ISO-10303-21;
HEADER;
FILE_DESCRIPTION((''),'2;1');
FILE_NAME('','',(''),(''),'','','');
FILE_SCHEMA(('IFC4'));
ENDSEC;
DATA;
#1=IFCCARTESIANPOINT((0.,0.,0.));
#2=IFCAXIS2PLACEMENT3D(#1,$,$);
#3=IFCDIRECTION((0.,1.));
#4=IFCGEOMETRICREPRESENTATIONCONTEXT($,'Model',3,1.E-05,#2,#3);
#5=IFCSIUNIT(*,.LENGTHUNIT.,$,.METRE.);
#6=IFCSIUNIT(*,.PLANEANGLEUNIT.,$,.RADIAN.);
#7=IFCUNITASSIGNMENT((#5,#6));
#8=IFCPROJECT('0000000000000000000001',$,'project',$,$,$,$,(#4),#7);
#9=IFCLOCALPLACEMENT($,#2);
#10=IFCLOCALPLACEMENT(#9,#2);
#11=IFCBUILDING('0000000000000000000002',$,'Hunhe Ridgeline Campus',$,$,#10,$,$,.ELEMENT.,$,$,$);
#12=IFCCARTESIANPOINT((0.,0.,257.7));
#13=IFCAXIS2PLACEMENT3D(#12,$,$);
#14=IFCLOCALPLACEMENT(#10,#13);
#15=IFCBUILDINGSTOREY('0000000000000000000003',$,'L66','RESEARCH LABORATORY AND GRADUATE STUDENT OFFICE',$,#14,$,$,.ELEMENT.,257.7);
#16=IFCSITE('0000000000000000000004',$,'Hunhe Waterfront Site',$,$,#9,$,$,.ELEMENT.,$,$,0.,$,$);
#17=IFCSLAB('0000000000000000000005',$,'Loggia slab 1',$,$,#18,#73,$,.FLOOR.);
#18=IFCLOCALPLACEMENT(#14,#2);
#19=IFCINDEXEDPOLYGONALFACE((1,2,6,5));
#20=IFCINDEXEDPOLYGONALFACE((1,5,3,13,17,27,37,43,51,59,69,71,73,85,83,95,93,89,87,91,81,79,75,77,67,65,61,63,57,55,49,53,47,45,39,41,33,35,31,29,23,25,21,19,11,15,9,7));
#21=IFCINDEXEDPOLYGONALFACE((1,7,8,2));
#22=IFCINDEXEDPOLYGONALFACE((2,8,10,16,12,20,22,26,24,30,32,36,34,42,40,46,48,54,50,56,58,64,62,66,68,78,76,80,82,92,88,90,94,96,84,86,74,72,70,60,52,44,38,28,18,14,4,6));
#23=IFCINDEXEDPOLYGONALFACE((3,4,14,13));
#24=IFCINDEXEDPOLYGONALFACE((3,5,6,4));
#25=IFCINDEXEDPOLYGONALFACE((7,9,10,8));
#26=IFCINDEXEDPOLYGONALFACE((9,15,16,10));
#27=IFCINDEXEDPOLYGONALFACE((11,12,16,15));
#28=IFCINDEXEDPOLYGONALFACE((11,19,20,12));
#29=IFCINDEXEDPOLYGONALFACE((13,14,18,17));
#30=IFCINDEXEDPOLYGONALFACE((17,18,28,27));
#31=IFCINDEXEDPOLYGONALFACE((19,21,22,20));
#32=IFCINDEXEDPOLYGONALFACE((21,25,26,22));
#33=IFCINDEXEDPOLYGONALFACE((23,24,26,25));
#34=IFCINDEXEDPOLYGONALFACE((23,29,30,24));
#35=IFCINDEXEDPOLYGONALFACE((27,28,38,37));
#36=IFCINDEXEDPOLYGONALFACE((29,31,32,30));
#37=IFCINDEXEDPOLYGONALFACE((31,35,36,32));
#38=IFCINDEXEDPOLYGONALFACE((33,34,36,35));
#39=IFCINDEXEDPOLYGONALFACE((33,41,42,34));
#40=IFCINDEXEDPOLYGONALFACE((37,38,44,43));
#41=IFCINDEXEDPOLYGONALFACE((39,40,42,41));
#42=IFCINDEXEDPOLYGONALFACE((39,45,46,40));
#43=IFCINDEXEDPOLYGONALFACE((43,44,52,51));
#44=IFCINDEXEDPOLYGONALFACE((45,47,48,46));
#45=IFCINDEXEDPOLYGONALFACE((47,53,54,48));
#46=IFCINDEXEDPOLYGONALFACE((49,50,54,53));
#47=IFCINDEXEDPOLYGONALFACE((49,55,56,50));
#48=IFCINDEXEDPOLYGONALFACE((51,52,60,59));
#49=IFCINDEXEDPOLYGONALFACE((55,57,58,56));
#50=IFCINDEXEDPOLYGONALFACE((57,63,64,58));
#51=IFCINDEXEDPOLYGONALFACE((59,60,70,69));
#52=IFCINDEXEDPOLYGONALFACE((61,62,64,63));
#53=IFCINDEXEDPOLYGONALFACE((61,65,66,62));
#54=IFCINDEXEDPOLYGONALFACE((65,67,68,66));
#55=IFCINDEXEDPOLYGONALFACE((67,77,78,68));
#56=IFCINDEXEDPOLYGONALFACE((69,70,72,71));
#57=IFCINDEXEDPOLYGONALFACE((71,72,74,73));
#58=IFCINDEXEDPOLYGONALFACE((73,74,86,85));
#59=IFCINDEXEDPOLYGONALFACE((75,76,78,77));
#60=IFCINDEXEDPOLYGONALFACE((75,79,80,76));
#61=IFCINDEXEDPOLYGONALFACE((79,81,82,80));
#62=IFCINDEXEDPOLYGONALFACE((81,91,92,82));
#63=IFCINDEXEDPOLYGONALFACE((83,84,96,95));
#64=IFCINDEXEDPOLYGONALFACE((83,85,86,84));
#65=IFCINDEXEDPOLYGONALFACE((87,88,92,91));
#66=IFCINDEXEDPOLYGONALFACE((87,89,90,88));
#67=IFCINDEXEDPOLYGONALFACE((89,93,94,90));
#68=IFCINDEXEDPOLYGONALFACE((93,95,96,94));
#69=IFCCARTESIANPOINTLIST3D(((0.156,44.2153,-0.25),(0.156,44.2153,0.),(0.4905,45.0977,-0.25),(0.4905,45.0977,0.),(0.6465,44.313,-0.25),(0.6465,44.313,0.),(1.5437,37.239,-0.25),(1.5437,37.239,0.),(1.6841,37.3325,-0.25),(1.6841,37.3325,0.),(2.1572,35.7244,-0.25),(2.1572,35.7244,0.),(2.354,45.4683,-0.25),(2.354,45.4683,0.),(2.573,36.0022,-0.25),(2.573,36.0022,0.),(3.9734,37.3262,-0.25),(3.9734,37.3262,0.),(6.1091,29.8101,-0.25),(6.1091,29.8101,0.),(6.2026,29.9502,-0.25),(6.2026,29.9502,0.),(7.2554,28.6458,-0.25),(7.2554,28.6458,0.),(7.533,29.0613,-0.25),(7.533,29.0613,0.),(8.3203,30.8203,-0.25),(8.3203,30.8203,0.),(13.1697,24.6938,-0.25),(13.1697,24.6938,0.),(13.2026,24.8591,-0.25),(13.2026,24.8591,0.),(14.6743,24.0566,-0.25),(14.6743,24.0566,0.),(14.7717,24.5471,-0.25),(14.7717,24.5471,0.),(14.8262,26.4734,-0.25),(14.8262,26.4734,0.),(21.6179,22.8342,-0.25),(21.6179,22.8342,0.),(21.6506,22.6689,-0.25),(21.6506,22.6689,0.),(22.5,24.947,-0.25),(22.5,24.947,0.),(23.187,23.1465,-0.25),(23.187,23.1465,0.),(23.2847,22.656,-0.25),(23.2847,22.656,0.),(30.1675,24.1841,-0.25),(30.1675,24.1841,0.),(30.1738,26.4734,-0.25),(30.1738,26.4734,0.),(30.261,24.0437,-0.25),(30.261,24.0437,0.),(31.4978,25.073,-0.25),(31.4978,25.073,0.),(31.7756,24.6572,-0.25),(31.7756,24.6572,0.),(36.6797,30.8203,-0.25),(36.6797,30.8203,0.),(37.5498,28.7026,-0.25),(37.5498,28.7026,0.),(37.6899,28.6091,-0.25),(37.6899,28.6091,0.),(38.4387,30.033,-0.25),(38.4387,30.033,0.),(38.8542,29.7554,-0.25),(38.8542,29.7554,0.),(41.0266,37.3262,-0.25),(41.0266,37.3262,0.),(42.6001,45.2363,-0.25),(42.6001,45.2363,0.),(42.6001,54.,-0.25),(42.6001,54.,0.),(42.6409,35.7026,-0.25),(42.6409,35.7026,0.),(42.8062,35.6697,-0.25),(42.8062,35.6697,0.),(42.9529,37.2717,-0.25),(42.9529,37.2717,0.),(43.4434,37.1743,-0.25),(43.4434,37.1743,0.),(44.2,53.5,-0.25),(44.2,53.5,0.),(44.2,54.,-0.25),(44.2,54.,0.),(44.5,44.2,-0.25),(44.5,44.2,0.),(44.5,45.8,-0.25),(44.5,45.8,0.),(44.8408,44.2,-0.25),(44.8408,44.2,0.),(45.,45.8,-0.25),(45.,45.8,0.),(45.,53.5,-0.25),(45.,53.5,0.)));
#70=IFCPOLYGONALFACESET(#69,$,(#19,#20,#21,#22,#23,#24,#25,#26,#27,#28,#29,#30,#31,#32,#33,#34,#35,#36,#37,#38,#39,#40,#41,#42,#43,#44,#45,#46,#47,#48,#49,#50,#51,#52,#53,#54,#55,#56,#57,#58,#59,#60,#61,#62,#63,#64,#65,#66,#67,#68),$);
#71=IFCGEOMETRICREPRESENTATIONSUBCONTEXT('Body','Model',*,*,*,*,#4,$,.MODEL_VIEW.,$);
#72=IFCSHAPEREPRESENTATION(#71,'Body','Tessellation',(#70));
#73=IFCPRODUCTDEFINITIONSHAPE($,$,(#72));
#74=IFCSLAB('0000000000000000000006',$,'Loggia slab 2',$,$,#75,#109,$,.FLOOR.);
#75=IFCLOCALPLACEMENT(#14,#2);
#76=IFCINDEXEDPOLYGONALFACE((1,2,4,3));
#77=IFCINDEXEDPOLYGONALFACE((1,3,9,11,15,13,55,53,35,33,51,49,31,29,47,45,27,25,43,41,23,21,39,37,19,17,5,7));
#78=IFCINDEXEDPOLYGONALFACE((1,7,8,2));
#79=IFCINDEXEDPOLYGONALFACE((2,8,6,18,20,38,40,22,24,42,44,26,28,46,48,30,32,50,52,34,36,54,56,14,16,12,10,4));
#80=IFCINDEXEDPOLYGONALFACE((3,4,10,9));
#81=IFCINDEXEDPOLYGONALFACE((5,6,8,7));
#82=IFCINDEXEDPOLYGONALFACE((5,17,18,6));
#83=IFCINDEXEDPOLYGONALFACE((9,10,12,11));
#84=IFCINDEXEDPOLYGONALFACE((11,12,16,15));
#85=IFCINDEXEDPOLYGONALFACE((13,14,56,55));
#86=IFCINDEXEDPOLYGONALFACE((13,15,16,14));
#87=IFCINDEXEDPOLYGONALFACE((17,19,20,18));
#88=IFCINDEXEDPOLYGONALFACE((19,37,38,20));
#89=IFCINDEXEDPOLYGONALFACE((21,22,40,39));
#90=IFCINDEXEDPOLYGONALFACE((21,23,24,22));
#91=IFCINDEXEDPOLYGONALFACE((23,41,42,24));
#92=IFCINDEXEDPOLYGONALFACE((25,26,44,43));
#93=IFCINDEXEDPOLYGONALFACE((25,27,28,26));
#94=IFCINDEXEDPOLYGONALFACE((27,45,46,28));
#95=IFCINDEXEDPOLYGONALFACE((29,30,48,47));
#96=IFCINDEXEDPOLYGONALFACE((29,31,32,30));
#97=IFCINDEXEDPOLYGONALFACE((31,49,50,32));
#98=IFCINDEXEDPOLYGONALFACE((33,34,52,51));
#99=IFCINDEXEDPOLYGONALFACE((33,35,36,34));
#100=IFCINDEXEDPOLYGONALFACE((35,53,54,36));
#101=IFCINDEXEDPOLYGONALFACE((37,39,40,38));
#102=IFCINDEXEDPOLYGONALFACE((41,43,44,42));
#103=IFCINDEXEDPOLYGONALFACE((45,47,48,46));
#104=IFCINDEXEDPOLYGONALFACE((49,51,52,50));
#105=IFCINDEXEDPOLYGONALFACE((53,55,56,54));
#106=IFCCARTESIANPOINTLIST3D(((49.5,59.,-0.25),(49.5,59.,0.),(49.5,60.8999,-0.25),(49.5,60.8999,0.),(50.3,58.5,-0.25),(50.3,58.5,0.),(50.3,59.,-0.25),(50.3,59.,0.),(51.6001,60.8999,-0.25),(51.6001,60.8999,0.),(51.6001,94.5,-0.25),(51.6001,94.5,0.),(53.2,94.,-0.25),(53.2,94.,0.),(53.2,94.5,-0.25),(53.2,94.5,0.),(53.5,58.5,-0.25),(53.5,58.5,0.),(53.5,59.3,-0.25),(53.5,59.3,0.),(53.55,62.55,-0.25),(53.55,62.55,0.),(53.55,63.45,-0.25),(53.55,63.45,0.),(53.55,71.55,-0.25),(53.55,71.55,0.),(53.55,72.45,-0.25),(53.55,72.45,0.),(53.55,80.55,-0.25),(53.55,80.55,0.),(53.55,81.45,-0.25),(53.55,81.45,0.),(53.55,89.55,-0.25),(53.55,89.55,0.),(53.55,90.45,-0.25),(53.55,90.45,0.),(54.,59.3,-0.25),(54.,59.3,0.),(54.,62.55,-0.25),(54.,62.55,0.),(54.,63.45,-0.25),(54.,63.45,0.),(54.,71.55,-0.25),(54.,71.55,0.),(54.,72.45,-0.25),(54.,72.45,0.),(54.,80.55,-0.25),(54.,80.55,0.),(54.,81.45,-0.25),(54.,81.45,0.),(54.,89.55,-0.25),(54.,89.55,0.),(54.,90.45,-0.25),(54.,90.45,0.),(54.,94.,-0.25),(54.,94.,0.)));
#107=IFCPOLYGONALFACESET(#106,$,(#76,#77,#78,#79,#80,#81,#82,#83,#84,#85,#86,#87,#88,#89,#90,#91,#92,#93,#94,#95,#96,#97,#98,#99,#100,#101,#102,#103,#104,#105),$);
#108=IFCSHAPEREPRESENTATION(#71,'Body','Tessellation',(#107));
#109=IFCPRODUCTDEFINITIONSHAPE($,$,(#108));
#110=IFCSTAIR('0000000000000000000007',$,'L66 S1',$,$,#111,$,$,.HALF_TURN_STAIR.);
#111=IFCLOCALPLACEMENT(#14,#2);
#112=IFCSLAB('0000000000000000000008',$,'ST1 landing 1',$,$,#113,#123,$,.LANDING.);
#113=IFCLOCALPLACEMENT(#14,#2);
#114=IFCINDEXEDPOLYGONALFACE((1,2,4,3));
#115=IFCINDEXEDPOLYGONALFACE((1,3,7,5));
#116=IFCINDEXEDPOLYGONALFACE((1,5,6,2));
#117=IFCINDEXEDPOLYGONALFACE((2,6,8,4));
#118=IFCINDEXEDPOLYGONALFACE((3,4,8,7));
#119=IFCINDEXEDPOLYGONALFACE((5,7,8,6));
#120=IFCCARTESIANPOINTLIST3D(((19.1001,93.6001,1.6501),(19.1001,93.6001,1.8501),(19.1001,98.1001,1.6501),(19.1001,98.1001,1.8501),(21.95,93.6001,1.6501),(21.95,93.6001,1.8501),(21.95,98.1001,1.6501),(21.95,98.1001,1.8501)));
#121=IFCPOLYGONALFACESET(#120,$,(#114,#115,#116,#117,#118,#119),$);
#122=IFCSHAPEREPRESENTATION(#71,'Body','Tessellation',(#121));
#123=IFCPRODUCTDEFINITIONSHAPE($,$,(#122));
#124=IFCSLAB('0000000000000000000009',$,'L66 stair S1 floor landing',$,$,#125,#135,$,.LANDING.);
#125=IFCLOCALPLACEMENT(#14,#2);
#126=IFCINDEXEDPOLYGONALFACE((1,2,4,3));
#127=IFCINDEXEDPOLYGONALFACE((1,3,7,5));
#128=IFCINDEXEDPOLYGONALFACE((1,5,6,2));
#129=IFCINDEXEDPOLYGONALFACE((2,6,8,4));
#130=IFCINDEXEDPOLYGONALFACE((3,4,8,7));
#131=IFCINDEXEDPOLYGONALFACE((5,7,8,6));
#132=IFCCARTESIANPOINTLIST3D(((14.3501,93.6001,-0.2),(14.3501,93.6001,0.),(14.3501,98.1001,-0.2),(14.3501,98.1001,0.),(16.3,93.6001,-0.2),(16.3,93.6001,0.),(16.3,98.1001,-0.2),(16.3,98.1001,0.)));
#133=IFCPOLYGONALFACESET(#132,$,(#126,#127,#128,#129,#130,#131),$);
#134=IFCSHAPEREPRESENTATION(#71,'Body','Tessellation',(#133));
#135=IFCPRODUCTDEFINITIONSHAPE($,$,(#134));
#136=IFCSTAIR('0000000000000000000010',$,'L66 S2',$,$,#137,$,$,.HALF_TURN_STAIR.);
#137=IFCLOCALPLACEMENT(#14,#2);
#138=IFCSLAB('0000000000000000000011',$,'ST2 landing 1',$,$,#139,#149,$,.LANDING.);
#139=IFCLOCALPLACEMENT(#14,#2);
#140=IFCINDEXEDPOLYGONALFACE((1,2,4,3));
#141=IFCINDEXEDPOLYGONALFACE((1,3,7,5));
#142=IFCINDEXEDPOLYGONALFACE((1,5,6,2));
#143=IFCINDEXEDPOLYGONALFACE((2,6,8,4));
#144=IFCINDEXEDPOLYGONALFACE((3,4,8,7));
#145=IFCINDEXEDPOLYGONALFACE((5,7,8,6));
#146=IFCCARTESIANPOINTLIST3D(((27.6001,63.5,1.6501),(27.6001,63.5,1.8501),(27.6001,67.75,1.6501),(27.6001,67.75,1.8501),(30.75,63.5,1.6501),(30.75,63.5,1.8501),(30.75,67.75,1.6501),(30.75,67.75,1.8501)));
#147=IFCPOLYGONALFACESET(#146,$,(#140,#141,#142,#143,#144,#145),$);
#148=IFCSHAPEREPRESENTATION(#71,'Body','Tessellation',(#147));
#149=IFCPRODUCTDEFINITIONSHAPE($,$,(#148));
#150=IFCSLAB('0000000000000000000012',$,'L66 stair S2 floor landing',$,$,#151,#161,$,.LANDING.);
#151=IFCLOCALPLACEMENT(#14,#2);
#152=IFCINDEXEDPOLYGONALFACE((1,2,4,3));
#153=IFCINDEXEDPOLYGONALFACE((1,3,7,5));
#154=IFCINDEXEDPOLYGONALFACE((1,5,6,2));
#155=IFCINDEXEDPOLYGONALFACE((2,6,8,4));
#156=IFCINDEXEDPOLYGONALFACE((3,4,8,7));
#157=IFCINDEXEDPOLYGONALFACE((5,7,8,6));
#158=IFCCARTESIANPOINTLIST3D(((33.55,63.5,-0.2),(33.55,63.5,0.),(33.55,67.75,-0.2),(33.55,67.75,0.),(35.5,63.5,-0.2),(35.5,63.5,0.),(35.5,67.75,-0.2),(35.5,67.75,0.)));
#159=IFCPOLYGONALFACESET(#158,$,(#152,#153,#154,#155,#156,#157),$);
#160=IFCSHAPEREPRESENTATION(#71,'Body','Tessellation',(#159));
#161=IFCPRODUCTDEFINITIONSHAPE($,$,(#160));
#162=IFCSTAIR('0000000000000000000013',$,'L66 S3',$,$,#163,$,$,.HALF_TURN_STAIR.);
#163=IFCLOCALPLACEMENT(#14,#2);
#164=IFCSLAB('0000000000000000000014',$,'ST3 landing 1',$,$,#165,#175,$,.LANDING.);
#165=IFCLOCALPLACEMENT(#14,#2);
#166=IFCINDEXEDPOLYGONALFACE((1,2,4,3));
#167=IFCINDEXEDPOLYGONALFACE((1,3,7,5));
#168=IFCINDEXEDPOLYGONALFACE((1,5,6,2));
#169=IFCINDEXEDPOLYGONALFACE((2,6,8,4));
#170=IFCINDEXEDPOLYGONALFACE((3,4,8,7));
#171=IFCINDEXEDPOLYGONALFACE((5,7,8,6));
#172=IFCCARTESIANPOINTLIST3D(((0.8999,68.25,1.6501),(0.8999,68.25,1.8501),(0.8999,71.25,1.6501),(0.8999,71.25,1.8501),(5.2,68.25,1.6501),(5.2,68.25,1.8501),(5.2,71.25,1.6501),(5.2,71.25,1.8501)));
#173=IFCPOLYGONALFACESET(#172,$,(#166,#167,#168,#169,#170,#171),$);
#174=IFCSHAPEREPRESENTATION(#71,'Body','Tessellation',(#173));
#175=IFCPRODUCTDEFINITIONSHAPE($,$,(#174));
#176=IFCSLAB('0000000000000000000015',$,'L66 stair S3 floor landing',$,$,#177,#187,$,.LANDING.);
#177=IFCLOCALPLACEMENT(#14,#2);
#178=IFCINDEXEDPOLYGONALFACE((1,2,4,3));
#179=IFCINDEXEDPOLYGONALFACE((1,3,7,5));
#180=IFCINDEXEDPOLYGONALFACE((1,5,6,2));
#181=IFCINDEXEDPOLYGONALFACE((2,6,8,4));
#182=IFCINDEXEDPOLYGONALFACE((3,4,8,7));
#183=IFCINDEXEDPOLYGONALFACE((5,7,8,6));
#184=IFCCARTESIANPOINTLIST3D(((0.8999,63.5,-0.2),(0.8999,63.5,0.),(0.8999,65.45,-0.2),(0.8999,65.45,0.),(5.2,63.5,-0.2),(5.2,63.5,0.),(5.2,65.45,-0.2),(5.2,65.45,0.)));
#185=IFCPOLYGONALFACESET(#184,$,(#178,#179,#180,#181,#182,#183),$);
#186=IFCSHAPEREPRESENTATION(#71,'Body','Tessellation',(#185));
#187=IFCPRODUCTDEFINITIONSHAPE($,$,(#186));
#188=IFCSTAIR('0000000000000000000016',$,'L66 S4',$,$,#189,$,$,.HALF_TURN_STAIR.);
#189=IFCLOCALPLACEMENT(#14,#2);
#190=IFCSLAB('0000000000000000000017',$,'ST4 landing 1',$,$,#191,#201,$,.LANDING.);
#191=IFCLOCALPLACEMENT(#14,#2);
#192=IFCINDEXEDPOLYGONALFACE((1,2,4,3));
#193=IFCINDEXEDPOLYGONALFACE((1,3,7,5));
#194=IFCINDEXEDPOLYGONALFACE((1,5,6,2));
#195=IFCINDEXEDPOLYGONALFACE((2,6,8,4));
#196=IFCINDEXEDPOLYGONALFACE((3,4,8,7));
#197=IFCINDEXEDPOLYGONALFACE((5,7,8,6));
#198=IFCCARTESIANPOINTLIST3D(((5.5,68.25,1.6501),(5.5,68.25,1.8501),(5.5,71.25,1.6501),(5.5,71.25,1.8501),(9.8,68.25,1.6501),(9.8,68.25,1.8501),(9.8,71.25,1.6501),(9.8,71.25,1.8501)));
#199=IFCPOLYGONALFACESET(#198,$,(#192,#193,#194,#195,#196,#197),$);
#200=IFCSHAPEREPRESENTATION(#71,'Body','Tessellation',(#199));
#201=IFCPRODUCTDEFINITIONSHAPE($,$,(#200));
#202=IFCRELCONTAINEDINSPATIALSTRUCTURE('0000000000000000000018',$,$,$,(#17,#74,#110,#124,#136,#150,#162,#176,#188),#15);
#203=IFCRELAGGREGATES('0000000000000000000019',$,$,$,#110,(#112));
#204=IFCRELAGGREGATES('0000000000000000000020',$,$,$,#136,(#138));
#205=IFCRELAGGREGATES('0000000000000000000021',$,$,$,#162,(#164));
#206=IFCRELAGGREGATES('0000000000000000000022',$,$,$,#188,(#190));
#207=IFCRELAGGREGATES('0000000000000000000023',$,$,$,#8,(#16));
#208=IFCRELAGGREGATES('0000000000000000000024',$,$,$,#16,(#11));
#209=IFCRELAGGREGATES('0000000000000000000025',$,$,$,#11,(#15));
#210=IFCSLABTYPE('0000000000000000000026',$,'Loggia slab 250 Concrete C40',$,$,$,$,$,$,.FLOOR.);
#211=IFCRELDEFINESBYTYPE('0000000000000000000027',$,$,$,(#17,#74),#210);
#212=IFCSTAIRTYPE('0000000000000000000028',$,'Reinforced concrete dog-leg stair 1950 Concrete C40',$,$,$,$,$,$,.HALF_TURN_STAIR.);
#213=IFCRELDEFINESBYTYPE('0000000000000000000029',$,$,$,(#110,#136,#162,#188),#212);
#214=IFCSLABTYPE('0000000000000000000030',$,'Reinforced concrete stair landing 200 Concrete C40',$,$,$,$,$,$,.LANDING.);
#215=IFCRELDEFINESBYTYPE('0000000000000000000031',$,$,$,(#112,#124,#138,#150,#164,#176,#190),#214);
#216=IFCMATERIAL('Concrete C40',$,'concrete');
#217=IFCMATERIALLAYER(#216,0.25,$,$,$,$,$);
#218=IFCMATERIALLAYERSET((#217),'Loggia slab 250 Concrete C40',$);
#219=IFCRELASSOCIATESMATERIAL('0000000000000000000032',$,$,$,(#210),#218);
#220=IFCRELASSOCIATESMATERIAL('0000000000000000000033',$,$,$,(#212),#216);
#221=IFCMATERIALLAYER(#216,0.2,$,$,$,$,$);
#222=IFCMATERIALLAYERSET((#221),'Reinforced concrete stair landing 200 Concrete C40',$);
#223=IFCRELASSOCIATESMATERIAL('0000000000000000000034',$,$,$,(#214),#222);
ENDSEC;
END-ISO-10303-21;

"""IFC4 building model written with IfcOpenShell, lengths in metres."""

from ifc_helpers import new_model, si_unit, direction, frame, origin, place, context, subcontext, project, spatial, polyline, outline, extrude, material, layer, layer_set, type_object, element, aggregate, save


model = new_model("IFC4")

# Units and contexts
model_context = context("Model", 3, precision=1e-05, world=origin(), true_north=direction((0.0, 1.0)))
body_context = subcontext(model_context, "Body", "Model", "MODEL_VIEW")
ifc_project = project(units=[si_unit("LENGTHUNIT", "METRE"), si_unit("PLANEANGLEUNIT", "RADIAN")], contexts=[model_context])

# Site, building, storey
site_placement = place(None, origin())
site = spatial("IfcSite", under=ifc_project, at=site_placement, Name="Hunhe Waterfront Site", CompositionType="ELEMENT", RefElevation=0.0)
building_placement = place(site_placement, origin())
building = spatial("IfcBuilding", under=site, at=building_placement, Name="Hunhe Ridgeline Campus", CompositionType="ELEMENT")
storey_placement = place(building_placement, frame((0.0, 0.0, 257.7)))
storey = spatial("IfcBuildingStorey", under=building, at=storey_placement, Name="L66", Description="RESEARCH LABORATORY AND GRADUATE STUDENT OFFICE", CompositionType="ELEMENT", Elevation=257.7)

# Slabs
ifc_material_1 = material(Name="Concrete C40", Category="concrete")
ifc_layer_1 = layer(ifc_material_1, 0.25)
ifc_layer_set_1 = layer_set([ifc_layer_1], Name="Loggia slab 250 Concrete C40")
slab_type_1 = type_object("IfcSlabType", Name="Loggia slab 250 Concrete C40", PredefinedType="FLOOR", material=ifc_layer_set_1)
slab_1_placement = place(storey_placement, frame((0.0, 0.0, -0.25)))
element("IfcSlab", 1, at=slab_1_placement, inside=storey, type_object=slab_type_1, Name="Loggia slab 1", PredefinedType="FLOOR", context=body_context, shape_type="SweptSolid", body=[
    extrude(outline(polyline([(30.1738, 26.4734), (22.5, 24.947), (14.8262, 26.4734), (8.3203, 30.8203), (3.9734, 37.3262), (2.354, 45.4683), (0.4905, 45.0977), (0.6465, 44.313), (0.156, 44.2153), (1.5437, 37.239), (1.6841, 37.3325), (2.573, 36.0022), (2.1572, 35.7244), (6.1091, 29.8101), (6.2026, 29.9502), (7.533, 29.0613), (7.2554, 28.6458), (13.1697, 24.6938), (13.2026, 24.8591), (14.7717, 24.5471), (14.6743, 24.0566), (21.6506, 22.6689), (21.6179, 22.8342), (23.187, 23.1465), (23.2847, 22.656), (30.261, 24.0437), (30.1675, 24.1841), (31.4978, 25.073), (31.7756, 24.6572), (37.6899, 28.6091), (37.5498, 28.7026), (38.4387, 30.033), (38.8542, 29.7554), (42.8062, 35.6697), (42.6409, 35.7026), (42.9529, 37.2717), (43.4434, 37.1743), (44.8408, 44.2), (44.5, 44.2), (44.5, 45.8), (45.0, 45.8), (45.0, 53.5), (44.2, 53.5), (44.2, 54.0), (42.6001, 54.0), (42.6001, 45.2363), (41.0266, 37.3262), (36.6797, 30.8203), (30.1738, 26.4734)])), origin(), (0.0, 0.0, 1.0), 0.25),
])
slab_2_placement = place(storey_placement, frame((0.0, 0.0, -0.25)))
element("IfcSlab", 2, at=slab_2_placement, inside=storey, type_object=slab_type_1, Name="Loggia slab 2", PredefinedType="FLOOR", context=body_context, shape_type="SweptSolid", body=[
    extrude(outline(polyline([(49.5, 59.0), (50.3, 59.0), (50.3, 58.5), (53.5, 58.5), (53.5, 59.3), (54.0, 59.3), (54.0, 62.55), (53.55, 62.55), (53.55, 63.45), (54.0, 63.45), (54.0, 71.55), (53.55, 71.55), (53.55, 72.45), (54.0, 72.45), (54.0, 80.55), (53.55, 80.55), (53.55, 81.45), (54.0, 81.45), (54.0, 89.55), (53.55, 89.55), (53.55, 90.45), (54.0, 90.45), (54.0, 94.0), (53.2, 94.0), (53.2, 94.5), (51.6001, 94.5), (51.6001, 60.8999), (49.5, 60.8999), (49.5, 59.0)])), origin(), (0.0, 0.0, 1.0), 0.25),
])

# Stair, slab
stair_type = type_object("IfcStairType", Name="Reinforced concrete dog-leg stair 1950 Concrete C40", PredefinedType="HALF_TURN_STAIR", material=ifc_material_1)
stair_1_placement = place(storey_placement, origin())
stair_1 = element("IfcStair", 3, at=stair_1_placement, inside=storey, type_object=stair_type, Name="L66 S1", PredefinedType="HALF_TURN_STAIR")
ifc_layer_2 = layer(ifc_material_1, 0.2)
ifc_layer_set_2 = layer_set([ifc_layer_2], Name="Reinforced concrete stair landing 200 Concrete C40")
slab_type_2 = type_object("IfcSlabType", Name="Reinforced concrete stair landing 200 Concrete C40", PredefinedType="LANDING", material=ifc_layer_set_2)
slab_3_placement = place(storey_placement, frame((0.0, 0.0, 1.6501)))
slab_3 = element("IfcSlab", 4, at=slab_3_placement, type_object=slab_type_2, Name="ST1 landing 1", PredefinedType="LANDING", context=body_context, shape_type="SweptSolid", body=[
    extrude(outline(polyline([(19.1001, 93.6001), (21.95, 93.6001), (21.95, 98.1001), (19.1001, 98.1001), (19.1001, 93.6001)])), origin(), (0.0, 0.0, 1.0), 0.2),
])
aggregate(stair_1, [slab_3])

# Slab
slab_4_placement = place(storey_placement, frame((0.0, 0.0, -0.2)))
element("IfcSlab", 5, at=slab_4_placement, inside=storey, type_object=slab_type_2, Name="L66 stair S1 floor landing", PredefinedType="LANDING", context=body_context, shape_type="SweptSolid", body=[
    extrude(outline(polyline([(14.3501, 93.6001), (16.3, 93.6001), (16.3, 98.1001), (14.3501, 98.1001), (14.3501, 93.6001)])), origin(), (0.0, 0.0, 1.0), 0.2),
])

# Stair, slab
stair_2_placement = place(storey_placement, origin())
stair_2 = element("IfcStair", 6, at=stair_2_placement, inside=storey, type_object=stair_type, Name="L66 S2", PredefinedType="HALF_TURN_STAIR")
slab_5_placement = place(storey_placement, frame((0.0, 0.0, 1.6501)))
slab_5 = element("IfcSlab", 7, at=slab_5_placement, type_object=slab_type_2, Name="ST2 landing 1", PredefinedType="LANDING", context=body_context, shape_type="SweptSolid", body=[
    extrude(outline(polyline([(30.75, 67.75), (27.6001, 67.75), (27.6001, 63.5), (30.75, 63.5), (30.75, 67.75)])), origin(), (0.0, 0.0, 1.0), 0.2),
])
aggregate(stair_2, [slab_5])

# Slab
slab_6_placement = place(storey_placement, frame((0.0, 0.0, -0.2)))
element("IfcSlab", 8, at=slab_6_placement, inside=storey, type_object=slab_type_2, Name="L66 stair S2 floor landing", PredefinedType="LANDING", context=body_context, shape_type="SweptSolid", body=[
    extrude(outline(polyline([(35.5, 67.75), (33.55, 67.75), (33.55, 63.5), (35.5, 63.5), (35.5, 67.75)])), origin(), (0.0, 0.0, 1.0), 0.2),
])

# Stair, slab
stair_3_placement = place(storey_placement, origin())
stair_3 = element("IfcStair", 9, at=stair_3_placement, inside=storey, type_object=stair_type, Name="L66 S3", PredefinedType="HALF_TURN_STAIR")
slab_7_placement = place(storey_placement, frame((0.0, 0.0, 1.6501)))
slab_7 = element("IfcSlab", 10, at=slab_7_placement, type_object=slab_type_2, Name="ST3 landing 1", PredefinedType="LANDING", context=body_context, shape_type="SweptSolid", body=[
    extrude(outline(polyline([(5.2, 68.25), (5.2, 71.25), (0.8999, 71.25), (0.8999, 68.25), (5.2, 68.25)])), origin(), (0.0, 0.0, 1.0), 0.2),
])
aggregate(stair_3, [slab_7])

# Slab
slab_8_placement = place(storey_placement, frame((0.0, 0.0, -0.2)))
element("IfcSlab", 11, at=slab_8_placement, inside=storey, type_object=slab_type_2, Name="L66 stair S3 floor landing", PredefinedType="LANDING", context=body_context, shape_type="SweptSolid", body=[
    extrude(outline(polyline([(5.2, 63.5), (5.2, 65.45), (0.8999, 65.45), (0.8999, 63.5), (5.2, 63.5)])), origin(), (0.0, 0.0, 1.0), 0.2),
])

# Stair, slab
stair_4_placement = place(storey_placement, origin())
stair_4 = element("IfcStair", 12, at=stair_4_placement, inside=storey, type_object=stair_type, Name="L66 S4", PredefinedType="HALF_TURN_STAIR")
slab_9_placement = place(storey_placement, frame((0.0, 0.0, 1.6501)))
slab_9 = element("IfcSlab", 13, at=slab_9_placement, type_object=slab_type_2, Name="ST4 landing 1", PredefinedType="LANDING", context=body_context, shape_type="SweptSolid", body=[
    extrude(outline(polyline([(9.8, 68.25), (9.8, 71.25), (5.5, 71.25), (5.5, 68.25), (9.8, 68.25)])), origin(), (0.0, 0.0, 1.0), 0.2),
])
aggregate(stair_4, [slab_9])

save(model, "model.ifc")
